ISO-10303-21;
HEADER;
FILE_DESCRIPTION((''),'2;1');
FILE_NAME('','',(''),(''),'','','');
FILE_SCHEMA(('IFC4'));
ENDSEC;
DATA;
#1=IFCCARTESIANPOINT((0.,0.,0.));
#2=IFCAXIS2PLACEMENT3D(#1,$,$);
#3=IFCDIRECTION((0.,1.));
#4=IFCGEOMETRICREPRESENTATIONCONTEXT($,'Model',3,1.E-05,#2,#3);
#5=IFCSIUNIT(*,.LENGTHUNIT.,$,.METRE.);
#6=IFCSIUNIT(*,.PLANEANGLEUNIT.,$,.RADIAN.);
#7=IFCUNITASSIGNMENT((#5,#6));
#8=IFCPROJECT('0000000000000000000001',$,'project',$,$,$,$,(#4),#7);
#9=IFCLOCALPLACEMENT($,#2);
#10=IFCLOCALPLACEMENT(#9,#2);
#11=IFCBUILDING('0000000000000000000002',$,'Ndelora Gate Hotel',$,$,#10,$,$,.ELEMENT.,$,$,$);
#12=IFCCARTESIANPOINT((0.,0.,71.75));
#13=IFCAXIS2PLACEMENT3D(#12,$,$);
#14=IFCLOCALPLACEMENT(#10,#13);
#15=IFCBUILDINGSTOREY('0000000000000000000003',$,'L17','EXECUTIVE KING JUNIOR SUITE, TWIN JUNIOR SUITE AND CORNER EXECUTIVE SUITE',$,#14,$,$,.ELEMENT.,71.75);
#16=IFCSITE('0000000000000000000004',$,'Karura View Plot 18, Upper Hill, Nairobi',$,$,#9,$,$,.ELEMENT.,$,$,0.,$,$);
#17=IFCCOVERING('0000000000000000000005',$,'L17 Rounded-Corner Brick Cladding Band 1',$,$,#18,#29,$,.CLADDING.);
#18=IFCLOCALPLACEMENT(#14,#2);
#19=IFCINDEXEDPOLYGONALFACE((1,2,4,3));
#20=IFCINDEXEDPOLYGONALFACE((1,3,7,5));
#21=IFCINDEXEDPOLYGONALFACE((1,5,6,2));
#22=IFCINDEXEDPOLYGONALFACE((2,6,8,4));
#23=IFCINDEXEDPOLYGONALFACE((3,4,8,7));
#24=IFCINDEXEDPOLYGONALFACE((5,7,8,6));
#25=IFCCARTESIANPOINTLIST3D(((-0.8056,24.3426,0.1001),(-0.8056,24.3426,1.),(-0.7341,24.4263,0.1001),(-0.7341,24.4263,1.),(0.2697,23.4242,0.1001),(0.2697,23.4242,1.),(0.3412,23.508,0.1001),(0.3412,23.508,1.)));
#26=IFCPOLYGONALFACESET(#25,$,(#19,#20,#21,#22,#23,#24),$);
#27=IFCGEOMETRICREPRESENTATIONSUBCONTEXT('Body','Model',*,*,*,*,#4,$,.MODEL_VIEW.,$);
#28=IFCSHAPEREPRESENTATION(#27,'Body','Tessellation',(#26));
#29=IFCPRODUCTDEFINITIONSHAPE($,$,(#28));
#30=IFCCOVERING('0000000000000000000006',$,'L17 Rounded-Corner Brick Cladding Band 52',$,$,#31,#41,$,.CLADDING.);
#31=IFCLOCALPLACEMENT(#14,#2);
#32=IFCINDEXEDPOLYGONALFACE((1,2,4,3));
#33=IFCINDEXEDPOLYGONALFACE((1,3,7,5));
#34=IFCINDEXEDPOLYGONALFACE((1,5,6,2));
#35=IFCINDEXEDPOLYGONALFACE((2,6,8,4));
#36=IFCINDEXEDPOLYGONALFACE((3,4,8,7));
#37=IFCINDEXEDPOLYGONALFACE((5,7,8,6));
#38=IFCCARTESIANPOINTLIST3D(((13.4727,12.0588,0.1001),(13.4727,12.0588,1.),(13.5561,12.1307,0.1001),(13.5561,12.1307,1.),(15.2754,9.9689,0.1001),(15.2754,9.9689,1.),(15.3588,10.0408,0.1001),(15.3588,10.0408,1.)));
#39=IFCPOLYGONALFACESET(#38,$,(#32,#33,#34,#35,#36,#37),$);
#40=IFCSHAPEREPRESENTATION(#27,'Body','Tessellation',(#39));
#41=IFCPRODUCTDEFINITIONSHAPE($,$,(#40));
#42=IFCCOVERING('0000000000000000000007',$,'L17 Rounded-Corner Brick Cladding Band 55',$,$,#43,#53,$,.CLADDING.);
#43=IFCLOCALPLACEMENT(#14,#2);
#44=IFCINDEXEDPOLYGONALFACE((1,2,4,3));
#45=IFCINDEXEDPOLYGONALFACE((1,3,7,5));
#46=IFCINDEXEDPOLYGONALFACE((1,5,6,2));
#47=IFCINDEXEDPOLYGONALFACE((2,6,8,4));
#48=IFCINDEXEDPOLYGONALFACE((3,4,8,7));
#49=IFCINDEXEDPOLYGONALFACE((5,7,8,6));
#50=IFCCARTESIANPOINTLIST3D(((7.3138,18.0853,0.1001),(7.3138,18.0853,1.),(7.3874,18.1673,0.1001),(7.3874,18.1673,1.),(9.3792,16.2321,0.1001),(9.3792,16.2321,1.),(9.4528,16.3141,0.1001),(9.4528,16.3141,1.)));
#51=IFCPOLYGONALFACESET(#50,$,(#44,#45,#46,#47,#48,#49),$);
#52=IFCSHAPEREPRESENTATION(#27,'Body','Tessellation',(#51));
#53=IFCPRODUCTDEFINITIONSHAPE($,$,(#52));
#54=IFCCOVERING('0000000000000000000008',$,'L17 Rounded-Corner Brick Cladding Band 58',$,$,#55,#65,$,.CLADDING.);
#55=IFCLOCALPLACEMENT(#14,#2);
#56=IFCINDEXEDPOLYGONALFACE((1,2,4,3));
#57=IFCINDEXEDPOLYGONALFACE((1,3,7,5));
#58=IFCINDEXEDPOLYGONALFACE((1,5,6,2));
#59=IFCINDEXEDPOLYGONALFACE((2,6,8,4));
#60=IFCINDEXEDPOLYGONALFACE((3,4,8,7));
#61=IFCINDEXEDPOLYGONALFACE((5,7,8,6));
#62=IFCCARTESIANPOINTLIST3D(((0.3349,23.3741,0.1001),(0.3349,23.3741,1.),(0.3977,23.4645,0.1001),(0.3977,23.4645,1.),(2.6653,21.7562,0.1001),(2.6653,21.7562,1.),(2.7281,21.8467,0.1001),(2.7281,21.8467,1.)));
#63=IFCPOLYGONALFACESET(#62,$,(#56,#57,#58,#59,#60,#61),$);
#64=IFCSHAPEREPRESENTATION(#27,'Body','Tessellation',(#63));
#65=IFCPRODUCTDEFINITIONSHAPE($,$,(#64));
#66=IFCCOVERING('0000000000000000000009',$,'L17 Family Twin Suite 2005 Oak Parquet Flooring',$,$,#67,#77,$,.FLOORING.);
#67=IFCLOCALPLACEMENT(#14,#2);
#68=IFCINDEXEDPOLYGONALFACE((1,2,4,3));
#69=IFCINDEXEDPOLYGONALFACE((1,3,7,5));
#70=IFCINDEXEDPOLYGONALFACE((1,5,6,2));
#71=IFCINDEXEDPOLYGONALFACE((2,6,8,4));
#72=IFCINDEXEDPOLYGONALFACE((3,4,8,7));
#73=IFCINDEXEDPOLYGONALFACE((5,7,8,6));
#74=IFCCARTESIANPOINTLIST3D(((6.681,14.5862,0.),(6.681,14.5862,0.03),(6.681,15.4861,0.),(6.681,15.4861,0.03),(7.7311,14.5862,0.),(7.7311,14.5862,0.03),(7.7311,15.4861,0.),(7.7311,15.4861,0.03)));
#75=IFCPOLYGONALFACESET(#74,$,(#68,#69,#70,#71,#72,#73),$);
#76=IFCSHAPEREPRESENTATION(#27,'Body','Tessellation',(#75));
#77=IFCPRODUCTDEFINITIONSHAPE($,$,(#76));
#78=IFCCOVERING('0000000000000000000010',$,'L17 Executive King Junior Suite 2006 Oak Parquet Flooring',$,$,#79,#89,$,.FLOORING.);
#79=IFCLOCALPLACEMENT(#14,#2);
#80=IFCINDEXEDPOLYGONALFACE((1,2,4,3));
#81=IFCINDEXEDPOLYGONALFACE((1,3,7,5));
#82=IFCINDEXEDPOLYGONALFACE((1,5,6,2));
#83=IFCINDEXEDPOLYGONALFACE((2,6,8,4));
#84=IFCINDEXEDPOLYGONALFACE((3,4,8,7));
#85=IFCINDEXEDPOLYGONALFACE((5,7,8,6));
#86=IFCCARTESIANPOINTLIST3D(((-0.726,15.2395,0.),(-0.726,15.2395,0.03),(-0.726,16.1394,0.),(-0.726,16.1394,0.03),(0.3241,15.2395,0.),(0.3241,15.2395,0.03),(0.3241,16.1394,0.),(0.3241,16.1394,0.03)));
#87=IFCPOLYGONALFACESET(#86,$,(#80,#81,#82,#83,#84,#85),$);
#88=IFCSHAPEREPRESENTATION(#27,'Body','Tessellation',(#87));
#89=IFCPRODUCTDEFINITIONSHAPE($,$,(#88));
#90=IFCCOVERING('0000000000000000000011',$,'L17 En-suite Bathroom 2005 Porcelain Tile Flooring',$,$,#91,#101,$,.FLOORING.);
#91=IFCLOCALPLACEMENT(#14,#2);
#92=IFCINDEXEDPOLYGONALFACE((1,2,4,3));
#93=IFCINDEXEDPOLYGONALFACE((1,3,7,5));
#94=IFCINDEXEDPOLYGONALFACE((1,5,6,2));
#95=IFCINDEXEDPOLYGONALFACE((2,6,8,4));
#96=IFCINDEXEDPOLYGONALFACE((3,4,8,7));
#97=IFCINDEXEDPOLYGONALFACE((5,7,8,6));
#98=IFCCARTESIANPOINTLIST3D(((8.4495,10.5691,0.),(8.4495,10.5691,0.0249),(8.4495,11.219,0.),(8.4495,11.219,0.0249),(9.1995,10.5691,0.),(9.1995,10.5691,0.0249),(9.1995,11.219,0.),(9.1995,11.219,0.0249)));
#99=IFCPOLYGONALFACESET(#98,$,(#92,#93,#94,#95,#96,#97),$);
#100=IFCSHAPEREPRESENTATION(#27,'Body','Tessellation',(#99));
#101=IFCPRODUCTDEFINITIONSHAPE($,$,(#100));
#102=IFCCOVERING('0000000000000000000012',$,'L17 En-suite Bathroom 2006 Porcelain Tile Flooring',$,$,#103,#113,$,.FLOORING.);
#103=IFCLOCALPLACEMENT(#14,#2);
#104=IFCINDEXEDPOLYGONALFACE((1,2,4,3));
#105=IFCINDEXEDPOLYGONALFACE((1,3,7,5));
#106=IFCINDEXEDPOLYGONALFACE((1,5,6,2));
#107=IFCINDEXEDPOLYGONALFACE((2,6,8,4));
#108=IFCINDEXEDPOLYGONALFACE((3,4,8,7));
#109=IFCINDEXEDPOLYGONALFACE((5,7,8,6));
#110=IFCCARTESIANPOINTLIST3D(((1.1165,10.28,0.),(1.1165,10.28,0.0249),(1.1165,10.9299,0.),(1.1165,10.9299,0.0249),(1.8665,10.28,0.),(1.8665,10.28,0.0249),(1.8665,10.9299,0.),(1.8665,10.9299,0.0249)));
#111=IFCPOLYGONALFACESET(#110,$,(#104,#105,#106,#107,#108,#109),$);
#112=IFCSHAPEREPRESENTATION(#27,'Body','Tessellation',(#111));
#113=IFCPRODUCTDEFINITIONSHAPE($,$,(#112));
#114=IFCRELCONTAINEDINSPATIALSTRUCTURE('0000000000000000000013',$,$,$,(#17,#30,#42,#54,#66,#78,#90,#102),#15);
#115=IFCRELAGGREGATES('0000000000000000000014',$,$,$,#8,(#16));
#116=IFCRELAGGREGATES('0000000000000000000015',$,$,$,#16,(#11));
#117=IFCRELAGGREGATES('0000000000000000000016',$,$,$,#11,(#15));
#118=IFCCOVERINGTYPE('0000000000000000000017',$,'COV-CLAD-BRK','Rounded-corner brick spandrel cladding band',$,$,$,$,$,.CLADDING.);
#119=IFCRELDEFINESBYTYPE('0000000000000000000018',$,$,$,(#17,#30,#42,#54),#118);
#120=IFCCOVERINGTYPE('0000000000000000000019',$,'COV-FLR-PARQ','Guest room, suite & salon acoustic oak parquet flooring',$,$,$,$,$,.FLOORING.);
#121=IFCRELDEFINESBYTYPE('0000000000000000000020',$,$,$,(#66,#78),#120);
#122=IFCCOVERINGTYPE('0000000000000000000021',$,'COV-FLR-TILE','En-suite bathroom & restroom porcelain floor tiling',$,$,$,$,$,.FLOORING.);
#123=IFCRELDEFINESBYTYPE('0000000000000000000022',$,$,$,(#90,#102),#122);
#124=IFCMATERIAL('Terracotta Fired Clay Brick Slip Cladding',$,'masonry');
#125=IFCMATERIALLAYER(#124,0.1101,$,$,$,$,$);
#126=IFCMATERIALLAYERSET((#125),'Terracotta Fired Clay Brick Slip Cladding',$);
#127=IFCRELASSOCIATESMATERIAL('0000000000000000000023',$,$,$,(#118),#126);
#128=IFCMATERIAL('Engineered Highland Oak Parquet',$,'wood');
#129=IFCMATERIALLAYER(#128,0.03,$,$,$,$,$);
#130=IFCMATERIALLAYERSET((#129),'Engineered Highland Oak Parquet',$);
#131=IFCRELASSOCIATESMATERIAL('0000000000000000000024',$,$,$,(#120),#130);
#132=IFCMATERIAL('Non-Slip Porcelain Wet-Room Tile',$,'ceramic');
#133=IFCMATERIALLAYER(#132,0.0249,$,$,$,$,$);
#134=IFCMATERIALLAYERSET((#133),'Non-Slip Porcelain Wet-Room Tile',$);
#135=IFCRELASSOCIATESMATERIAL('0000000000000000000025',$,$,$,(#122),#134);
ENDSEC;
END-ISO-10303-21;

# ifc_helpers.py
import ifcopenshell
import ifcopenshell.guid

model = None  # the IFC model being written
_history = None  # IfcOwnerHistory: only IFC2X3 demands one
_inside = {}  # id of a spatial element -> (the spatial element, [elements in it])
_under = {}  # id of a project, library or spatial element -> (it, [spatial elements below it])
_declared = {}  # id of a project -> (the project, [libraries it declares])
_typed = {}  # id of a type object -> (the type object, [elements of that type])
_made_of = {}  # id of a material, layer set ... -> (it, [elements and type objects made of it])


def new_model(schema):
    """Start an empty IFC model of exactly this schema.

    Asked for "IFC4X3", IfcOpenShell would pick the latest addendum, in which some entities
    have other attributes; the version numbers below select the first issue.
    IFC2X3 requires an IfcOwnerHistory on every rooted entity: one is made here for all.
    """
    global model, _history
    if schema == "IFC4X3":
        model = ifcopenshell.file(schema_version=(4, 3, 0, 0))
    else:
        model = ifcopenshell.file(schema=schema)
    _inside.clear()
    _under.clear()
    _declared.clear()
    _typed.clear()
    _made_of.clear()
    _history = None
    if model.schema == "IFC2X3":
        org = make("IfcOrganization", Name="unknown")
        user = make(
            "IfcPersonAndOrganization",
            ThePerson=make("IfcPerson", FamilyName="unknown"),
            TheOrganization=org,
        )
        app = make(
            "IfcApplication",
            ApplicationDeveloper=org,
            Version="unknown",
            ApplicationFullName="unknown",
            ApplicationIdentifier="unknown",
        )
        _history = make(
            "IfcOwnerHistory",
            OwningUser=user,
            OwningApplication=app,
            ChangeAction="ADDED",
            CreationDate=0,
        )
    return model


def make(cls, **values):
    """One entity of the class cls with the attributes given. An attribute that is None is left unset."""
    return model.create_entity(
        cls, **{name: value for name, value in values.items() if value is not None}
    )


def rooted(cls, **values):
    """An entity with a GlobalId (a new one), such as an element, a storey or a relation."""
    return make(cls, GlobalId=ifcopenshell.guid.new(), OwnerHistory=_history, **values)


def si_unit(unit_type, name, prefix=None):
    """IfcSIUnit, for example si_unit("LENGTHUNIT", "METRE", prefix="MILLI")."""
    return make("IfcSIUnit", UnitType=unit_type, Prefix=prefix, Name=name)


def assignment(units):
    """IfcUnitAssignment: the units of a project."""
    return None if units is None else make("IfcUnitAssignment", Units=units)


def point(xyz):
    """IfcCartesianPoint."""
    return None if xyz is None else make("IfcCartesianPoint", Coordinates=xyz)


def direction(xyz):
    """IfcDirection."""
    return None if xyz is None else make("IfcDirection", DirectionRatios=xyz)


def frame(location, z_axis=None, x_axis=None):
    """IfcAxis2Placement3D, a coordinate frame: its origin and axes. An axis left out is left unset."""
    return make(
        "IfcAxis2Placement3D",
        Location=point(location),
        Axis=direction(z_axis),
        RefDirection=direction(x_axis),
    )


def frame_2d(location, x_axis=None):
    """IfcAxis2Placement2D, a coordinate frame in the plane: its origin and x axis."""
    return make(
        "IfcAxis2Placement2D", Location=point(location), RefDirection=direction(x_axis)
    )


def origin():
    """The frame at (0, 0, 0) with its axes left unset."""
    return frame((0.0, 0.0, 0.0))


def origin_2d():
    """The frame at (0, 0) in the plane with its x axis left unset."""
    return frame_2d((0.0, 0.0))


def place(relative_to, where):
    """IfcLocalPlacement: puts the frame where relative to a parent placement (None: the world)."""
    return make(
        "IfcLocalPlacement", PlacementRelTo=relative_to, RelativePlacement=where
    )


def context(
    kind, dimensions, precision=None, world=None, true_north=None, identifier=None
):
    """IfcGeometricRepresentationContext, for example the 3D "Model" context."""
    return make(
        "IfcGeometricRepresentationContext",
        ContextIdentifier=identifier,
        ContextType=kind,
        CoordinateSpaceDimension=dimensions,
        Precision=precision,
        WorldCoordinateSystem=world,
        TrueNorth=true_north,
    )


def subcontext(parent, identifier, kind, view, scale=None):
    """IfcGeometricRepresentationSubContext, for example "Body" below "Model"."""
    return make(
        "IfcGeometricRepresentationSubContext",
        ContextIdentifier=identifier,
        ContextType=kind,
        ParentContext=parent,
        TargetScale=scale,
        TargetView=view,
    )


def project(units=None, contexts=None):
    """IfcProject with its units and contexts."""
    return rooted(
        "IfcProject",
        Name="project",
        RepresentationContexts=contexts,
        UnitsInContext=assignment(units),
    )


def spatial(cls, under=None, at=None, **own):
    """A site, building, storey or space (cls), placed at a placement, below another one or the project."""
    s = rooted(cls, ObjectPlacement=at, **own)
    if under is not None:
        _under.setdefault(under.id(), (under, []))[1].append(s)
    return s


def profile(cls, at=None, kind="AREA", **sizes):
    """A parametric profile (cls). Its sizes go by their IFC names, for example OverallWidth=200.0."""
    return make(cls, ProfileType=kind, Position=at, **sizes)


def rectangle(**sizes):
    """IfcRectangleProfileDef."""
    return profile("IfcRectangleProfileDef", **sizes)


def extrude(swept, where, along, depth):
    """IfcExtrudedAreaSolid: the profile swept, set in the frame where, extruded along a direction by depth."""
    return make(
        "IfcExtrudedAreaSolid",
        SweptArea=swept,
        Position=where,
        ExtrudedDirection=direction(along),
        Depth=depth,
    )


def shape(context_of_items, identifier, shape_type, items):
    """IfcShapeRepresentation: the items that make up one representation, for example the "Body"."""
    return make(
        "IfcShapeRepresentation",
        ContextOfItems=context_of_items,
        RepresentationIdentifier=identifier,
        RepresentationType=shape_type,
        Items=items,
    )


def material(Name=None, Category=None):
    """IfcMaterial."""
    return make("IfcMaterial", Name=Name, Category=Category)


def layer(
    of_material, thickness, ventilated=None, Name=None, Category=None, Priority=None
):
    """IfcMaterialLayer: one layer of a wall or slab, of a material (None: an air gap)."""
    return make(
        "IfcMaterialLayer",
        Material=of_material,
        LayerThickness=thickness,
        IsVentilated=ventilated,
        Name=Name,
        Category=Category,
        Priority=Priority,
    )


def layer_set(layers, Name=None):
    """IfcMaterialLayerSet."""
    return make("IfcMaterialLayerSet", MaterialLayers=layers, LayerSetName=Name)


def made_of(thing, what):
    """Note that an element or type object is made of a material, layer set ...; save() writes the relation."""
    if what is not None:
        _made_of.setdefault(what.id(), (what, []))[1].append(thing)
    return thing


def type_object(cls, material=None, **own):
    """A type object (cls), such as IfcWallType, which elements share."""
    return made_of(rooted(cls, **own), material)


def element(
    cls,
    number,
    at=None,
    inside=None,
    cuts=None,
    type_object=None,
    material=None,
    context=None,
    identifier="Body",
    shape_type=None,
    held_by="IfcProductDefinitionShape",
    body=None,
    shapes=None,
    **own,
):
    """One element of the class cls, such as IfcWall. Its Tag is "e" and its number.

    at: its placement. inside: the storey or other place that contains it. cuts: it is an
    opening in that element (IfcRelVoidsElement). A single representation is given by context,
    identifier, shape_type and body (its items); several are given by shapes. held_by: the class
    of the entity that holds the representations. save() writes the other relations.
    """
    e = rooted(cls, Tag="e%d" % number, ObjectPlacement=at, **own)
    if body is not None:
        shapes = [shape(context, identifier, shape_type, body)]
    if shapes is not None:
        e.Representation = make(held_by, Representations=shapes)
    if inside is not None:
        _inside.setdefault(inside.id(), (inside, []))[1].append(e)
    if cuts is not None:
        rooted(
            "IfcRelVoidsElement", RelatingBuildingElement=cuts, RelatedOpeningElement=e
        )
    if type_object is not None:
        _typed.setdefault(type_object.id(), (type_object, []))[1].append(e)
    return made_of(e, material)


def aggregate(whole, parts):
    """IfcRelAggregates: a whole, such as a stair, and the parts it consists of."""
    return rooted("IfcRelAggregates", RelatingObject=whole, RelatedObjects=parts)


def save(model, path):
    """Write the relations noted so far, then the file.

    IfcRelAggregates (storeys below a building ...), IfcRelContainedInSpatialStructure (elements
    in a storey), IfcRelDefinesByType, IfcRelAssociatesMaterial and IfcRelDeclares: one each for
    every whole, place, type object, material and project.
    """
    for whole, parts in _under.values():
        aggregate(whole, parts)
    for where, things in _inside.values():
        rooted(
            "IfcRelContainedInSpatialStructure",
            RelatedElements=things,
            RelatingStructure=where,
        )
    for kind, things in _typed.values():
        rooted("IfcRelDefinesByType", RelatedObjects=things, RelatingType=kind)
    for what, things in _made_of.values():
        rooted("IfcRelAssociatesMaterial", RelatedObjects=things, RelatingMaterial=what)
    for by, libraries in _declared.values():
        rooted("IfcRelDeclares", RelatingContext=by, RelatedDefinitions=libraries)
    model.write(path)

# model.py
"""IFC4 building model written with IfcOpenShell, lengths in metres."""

from ifc_helpers import new_model, si_unit, direction, frame, origin, origin_2d, place, context, subcontext, project, spatial, rectangle, extrude, material, layer, layer_set, type_object, element, save


model = new_model("IFC4")

# Units and contexts
model_context = context("Model", 3, precision=1e-05, world=origin(), true_north=direction((0.0, 1.0)))
body_context = subcontext(model_context, "Body", "Model", "MODEL_VIEW")
ifc_project = project(units=[si_unit("LENGTHUNIT", "METRE"), si_unit("PLANEANGLEUNIT", "RADIAN")], contexts=[model_context])

# Site, building, storey
site_placement = place(None, origin())
site = spatial("IfcSite", under=ifc_project, at=site_placement, Name="Karura View Plot 18, Upper Hill, Nairobi", CompositionType="ELEMENT", RefElevation=0.0)
building_placement = place(site_placement, origin())
building = spatial("IfcBuilding", under=site, at=building_placement, Name="Ndelora Gate Hotel", CompositionType="ELEMENT")
storey_placement = place(building_placement, frame((0.0, 0.0, 71.75)))
storey = spatial("IfcBuildingStorey", under=building, at=storey_placement, Name="L17", Description="EXECUTIVE KING JUNIOR SUITE, TWIN JUNIOR SUITE AND CORNER EXECUTIVE SUITE", CompositionType="ELEMENT", Elevation=71.75)

# Coverings
ifc_material_1 = material(Name="Terracotta Fired Clay Brick Slip Cladding", Category="masonry")
ifc_layer_1 = layer(ifc_material_1, 0.1101)
ifc_layer_set_1 = layer_set([ifc_layer_1], Name="Terracotta Fired Clay Brick Slip Cladding")
covering_type_1 = type_object("IfcCoveringType", Name="COV-CLAD-BRK", Description="Rounded-corner brick spandrel cladding band", PredefinedType="CLADDING", material=ifc_layer_set_1)
covering_1_placement = place(storey_placement, frame((-0.2322, 23.9253, 0.1001), z_axis=(0.0, 0.0, 1.0), x_axis=(-0.760406, 0.649448, 0.0)))
element("IfcCovering", 1, at=covering_1_placement, inside=storey, type_object=covering_type_1, Name="L17 Rounded-Corner Brick Cladding Band 1", PredefinedType="CLADDING", context=body_context, shape_type="SweptSolid", body=[
    extrude(rectangle(XDim=1.4141, YDim=0.1101, at=origin_2d()), origin(), (0.0, 0.0, 1.0), 0.8999),
])
covering_2_placement = place(storey_placement, frame((14.4158, 11.0498, 0.1001), z_axis=(0.0, 0.0, 1.0), x_axis=(-0.653156, 0.757223, 0.0)))
element("IfcCovering", 2, at=covering_2_placement, inside=storey, type_object=covering_type_1, Name="L17 Rounded-Corner Brick Cladding Band 52", PredefinedType="CLADDING", context=body_context, shape_type="SweptSolid", body=[
    extrude(rectangle(XDim=2.76, YDim=0.1101, at=origin_2d()), origin(), (0.0, 0.0, 1.0), 0.8999),
])
covering_3_placement = place(storey_placement, frame((8.3833, 17.1997, 0.1001), z_axis=(0.0, 0.0, 1.0), x_axis=(-0.744312, 0.667833, 0.0)))
element("IfcCovering", 3, at=covering_3_placement, inside=storey, type_object=covering_type_1, Name="L17 Rounded-Corner Brick Cladding Band 55", PredefinedType="CLADDING", context=body_context, shape_type="SweptSolid", body=[
    extrude(rectangle(XDim=2.7749, YDim=0.1101, at=origin_2d()), origin(), (0.0, 0.0, 1.0), 0.8999),
])
covering_4_placement = place(storey_placement, frame((1.5315, 22.6104, 0.1001), z_axis=(0.0, 0.0, 1.0), x_axis=(-0.821448, 0.570284, 0.0)))
element("IfcCovering", 4, at=covering_4_placement, inside=storey, type_object=covering_type_1, Name="L17 Rounded-Corner Brick Cladding Band 58", PredefinedType="CLADDING", context=body_context, shape_type="SweptSolid", body=[
    extrude(rectangle(XDim=2.8369, YDim=0.1101, at=origin_2d()), origin(), (0.0, 0.0, 1.0), 0.8999),
])
ifc_material_2 = material(Name="Engineered Highland Oak Parquet", Category="wood")
ifc_layer_2 = layer(ifc_material_2, 0.03)
ifc_layer_set_2 = layer_set([ifc_layer_2], Name="Engineered Highland Oak Parquet")
covering_type_2 = type_object("IfcCoveringType", Name="COV-FLR-PARQ", Description="Guest room, suite & salon acoustic oak parquet flooring", PredefinedType="FLOORING", material=ifc_layer_set_2)
for number, where, z_axis, x_axis, name in (
    (5, (7.2061, 15.0361, 0.0), (0.0, 0.0, 1.0), (1.0, 0.0, 0.0), "L17 Family Twin Suite 2005 Oak Parquet Flooring"),
    (6, (-0.2009, 15.6895, 0.0), (0.0, 0.0, 1.0), (1.0, 0.0, 0.0), "L17 Executive King Junior Suite 2006 Oak Parquet Flooring"),
):
    element("IfcCovering", number, at=place(storey_placement, frame(where, z_axis=z_axis, x_axis=x_axis)), inside=storey, type_object=covering_type_2, Name=name, PredefinedType="FLOORING", context=body_context, shape_type="SweptSolid", body=[
        extrude(rectangle(XDim=1.05, YDim=0.8999, at=origin_2d()), origin(), (0.0, 0.0, 1.0), 0.03),
    ])
ifc_material_3 = material(Name="Non-Slip Porcelain Wet-Room Tile", Category="ceramic")
ifc_layer_3 = layer(ifc_material_3, 0.0249)
ifc_layer_set_3 = layer_set([ifc_layer_3], Name="Non-Slip Porcelain Wet-Room Tile")
covering_type_3 = type_object("IfcCoveringType", Name="COV-FLR-TILE", Description="En-suite bathroom & restroom porcelain floor tiling", PredefinedType="FLOORING", material=ifc_layer_set_3)
for number, where, z_axis, x_axis, name in (
    (7, (8.8245, 10.894, 0.0), (0.0, 0.0, 1.0), (1.0, 0.0, 0.0), "L17 En-suite Bathroom 2005 Porcelain Tile Flooring"),
    (8, (1.4915, 10.605, 0.0), (0.0, 0.0, 1.0), (1.0, 0.0, 0.0), "L17 En-suite Bathroom 2006 Porcelain Tile Flooring"),
):
    element("IfcCovering", number, at=place(storey_placement, frame(where, z_axis=z_axis, x_axis=x_axis)), inside=storey, type_object=covering_type_3, Name=name, PredefinedType="FLOORING", context=body_context, shape_type="SweptSolid", body=[
        extrude(rectangle(XDim=0.75, YDim=0.6499, at=origin_2d()), origin(), (0.0, 0.0, 1.0), 0.0249),
    ])

save(model, "model.ifc")
